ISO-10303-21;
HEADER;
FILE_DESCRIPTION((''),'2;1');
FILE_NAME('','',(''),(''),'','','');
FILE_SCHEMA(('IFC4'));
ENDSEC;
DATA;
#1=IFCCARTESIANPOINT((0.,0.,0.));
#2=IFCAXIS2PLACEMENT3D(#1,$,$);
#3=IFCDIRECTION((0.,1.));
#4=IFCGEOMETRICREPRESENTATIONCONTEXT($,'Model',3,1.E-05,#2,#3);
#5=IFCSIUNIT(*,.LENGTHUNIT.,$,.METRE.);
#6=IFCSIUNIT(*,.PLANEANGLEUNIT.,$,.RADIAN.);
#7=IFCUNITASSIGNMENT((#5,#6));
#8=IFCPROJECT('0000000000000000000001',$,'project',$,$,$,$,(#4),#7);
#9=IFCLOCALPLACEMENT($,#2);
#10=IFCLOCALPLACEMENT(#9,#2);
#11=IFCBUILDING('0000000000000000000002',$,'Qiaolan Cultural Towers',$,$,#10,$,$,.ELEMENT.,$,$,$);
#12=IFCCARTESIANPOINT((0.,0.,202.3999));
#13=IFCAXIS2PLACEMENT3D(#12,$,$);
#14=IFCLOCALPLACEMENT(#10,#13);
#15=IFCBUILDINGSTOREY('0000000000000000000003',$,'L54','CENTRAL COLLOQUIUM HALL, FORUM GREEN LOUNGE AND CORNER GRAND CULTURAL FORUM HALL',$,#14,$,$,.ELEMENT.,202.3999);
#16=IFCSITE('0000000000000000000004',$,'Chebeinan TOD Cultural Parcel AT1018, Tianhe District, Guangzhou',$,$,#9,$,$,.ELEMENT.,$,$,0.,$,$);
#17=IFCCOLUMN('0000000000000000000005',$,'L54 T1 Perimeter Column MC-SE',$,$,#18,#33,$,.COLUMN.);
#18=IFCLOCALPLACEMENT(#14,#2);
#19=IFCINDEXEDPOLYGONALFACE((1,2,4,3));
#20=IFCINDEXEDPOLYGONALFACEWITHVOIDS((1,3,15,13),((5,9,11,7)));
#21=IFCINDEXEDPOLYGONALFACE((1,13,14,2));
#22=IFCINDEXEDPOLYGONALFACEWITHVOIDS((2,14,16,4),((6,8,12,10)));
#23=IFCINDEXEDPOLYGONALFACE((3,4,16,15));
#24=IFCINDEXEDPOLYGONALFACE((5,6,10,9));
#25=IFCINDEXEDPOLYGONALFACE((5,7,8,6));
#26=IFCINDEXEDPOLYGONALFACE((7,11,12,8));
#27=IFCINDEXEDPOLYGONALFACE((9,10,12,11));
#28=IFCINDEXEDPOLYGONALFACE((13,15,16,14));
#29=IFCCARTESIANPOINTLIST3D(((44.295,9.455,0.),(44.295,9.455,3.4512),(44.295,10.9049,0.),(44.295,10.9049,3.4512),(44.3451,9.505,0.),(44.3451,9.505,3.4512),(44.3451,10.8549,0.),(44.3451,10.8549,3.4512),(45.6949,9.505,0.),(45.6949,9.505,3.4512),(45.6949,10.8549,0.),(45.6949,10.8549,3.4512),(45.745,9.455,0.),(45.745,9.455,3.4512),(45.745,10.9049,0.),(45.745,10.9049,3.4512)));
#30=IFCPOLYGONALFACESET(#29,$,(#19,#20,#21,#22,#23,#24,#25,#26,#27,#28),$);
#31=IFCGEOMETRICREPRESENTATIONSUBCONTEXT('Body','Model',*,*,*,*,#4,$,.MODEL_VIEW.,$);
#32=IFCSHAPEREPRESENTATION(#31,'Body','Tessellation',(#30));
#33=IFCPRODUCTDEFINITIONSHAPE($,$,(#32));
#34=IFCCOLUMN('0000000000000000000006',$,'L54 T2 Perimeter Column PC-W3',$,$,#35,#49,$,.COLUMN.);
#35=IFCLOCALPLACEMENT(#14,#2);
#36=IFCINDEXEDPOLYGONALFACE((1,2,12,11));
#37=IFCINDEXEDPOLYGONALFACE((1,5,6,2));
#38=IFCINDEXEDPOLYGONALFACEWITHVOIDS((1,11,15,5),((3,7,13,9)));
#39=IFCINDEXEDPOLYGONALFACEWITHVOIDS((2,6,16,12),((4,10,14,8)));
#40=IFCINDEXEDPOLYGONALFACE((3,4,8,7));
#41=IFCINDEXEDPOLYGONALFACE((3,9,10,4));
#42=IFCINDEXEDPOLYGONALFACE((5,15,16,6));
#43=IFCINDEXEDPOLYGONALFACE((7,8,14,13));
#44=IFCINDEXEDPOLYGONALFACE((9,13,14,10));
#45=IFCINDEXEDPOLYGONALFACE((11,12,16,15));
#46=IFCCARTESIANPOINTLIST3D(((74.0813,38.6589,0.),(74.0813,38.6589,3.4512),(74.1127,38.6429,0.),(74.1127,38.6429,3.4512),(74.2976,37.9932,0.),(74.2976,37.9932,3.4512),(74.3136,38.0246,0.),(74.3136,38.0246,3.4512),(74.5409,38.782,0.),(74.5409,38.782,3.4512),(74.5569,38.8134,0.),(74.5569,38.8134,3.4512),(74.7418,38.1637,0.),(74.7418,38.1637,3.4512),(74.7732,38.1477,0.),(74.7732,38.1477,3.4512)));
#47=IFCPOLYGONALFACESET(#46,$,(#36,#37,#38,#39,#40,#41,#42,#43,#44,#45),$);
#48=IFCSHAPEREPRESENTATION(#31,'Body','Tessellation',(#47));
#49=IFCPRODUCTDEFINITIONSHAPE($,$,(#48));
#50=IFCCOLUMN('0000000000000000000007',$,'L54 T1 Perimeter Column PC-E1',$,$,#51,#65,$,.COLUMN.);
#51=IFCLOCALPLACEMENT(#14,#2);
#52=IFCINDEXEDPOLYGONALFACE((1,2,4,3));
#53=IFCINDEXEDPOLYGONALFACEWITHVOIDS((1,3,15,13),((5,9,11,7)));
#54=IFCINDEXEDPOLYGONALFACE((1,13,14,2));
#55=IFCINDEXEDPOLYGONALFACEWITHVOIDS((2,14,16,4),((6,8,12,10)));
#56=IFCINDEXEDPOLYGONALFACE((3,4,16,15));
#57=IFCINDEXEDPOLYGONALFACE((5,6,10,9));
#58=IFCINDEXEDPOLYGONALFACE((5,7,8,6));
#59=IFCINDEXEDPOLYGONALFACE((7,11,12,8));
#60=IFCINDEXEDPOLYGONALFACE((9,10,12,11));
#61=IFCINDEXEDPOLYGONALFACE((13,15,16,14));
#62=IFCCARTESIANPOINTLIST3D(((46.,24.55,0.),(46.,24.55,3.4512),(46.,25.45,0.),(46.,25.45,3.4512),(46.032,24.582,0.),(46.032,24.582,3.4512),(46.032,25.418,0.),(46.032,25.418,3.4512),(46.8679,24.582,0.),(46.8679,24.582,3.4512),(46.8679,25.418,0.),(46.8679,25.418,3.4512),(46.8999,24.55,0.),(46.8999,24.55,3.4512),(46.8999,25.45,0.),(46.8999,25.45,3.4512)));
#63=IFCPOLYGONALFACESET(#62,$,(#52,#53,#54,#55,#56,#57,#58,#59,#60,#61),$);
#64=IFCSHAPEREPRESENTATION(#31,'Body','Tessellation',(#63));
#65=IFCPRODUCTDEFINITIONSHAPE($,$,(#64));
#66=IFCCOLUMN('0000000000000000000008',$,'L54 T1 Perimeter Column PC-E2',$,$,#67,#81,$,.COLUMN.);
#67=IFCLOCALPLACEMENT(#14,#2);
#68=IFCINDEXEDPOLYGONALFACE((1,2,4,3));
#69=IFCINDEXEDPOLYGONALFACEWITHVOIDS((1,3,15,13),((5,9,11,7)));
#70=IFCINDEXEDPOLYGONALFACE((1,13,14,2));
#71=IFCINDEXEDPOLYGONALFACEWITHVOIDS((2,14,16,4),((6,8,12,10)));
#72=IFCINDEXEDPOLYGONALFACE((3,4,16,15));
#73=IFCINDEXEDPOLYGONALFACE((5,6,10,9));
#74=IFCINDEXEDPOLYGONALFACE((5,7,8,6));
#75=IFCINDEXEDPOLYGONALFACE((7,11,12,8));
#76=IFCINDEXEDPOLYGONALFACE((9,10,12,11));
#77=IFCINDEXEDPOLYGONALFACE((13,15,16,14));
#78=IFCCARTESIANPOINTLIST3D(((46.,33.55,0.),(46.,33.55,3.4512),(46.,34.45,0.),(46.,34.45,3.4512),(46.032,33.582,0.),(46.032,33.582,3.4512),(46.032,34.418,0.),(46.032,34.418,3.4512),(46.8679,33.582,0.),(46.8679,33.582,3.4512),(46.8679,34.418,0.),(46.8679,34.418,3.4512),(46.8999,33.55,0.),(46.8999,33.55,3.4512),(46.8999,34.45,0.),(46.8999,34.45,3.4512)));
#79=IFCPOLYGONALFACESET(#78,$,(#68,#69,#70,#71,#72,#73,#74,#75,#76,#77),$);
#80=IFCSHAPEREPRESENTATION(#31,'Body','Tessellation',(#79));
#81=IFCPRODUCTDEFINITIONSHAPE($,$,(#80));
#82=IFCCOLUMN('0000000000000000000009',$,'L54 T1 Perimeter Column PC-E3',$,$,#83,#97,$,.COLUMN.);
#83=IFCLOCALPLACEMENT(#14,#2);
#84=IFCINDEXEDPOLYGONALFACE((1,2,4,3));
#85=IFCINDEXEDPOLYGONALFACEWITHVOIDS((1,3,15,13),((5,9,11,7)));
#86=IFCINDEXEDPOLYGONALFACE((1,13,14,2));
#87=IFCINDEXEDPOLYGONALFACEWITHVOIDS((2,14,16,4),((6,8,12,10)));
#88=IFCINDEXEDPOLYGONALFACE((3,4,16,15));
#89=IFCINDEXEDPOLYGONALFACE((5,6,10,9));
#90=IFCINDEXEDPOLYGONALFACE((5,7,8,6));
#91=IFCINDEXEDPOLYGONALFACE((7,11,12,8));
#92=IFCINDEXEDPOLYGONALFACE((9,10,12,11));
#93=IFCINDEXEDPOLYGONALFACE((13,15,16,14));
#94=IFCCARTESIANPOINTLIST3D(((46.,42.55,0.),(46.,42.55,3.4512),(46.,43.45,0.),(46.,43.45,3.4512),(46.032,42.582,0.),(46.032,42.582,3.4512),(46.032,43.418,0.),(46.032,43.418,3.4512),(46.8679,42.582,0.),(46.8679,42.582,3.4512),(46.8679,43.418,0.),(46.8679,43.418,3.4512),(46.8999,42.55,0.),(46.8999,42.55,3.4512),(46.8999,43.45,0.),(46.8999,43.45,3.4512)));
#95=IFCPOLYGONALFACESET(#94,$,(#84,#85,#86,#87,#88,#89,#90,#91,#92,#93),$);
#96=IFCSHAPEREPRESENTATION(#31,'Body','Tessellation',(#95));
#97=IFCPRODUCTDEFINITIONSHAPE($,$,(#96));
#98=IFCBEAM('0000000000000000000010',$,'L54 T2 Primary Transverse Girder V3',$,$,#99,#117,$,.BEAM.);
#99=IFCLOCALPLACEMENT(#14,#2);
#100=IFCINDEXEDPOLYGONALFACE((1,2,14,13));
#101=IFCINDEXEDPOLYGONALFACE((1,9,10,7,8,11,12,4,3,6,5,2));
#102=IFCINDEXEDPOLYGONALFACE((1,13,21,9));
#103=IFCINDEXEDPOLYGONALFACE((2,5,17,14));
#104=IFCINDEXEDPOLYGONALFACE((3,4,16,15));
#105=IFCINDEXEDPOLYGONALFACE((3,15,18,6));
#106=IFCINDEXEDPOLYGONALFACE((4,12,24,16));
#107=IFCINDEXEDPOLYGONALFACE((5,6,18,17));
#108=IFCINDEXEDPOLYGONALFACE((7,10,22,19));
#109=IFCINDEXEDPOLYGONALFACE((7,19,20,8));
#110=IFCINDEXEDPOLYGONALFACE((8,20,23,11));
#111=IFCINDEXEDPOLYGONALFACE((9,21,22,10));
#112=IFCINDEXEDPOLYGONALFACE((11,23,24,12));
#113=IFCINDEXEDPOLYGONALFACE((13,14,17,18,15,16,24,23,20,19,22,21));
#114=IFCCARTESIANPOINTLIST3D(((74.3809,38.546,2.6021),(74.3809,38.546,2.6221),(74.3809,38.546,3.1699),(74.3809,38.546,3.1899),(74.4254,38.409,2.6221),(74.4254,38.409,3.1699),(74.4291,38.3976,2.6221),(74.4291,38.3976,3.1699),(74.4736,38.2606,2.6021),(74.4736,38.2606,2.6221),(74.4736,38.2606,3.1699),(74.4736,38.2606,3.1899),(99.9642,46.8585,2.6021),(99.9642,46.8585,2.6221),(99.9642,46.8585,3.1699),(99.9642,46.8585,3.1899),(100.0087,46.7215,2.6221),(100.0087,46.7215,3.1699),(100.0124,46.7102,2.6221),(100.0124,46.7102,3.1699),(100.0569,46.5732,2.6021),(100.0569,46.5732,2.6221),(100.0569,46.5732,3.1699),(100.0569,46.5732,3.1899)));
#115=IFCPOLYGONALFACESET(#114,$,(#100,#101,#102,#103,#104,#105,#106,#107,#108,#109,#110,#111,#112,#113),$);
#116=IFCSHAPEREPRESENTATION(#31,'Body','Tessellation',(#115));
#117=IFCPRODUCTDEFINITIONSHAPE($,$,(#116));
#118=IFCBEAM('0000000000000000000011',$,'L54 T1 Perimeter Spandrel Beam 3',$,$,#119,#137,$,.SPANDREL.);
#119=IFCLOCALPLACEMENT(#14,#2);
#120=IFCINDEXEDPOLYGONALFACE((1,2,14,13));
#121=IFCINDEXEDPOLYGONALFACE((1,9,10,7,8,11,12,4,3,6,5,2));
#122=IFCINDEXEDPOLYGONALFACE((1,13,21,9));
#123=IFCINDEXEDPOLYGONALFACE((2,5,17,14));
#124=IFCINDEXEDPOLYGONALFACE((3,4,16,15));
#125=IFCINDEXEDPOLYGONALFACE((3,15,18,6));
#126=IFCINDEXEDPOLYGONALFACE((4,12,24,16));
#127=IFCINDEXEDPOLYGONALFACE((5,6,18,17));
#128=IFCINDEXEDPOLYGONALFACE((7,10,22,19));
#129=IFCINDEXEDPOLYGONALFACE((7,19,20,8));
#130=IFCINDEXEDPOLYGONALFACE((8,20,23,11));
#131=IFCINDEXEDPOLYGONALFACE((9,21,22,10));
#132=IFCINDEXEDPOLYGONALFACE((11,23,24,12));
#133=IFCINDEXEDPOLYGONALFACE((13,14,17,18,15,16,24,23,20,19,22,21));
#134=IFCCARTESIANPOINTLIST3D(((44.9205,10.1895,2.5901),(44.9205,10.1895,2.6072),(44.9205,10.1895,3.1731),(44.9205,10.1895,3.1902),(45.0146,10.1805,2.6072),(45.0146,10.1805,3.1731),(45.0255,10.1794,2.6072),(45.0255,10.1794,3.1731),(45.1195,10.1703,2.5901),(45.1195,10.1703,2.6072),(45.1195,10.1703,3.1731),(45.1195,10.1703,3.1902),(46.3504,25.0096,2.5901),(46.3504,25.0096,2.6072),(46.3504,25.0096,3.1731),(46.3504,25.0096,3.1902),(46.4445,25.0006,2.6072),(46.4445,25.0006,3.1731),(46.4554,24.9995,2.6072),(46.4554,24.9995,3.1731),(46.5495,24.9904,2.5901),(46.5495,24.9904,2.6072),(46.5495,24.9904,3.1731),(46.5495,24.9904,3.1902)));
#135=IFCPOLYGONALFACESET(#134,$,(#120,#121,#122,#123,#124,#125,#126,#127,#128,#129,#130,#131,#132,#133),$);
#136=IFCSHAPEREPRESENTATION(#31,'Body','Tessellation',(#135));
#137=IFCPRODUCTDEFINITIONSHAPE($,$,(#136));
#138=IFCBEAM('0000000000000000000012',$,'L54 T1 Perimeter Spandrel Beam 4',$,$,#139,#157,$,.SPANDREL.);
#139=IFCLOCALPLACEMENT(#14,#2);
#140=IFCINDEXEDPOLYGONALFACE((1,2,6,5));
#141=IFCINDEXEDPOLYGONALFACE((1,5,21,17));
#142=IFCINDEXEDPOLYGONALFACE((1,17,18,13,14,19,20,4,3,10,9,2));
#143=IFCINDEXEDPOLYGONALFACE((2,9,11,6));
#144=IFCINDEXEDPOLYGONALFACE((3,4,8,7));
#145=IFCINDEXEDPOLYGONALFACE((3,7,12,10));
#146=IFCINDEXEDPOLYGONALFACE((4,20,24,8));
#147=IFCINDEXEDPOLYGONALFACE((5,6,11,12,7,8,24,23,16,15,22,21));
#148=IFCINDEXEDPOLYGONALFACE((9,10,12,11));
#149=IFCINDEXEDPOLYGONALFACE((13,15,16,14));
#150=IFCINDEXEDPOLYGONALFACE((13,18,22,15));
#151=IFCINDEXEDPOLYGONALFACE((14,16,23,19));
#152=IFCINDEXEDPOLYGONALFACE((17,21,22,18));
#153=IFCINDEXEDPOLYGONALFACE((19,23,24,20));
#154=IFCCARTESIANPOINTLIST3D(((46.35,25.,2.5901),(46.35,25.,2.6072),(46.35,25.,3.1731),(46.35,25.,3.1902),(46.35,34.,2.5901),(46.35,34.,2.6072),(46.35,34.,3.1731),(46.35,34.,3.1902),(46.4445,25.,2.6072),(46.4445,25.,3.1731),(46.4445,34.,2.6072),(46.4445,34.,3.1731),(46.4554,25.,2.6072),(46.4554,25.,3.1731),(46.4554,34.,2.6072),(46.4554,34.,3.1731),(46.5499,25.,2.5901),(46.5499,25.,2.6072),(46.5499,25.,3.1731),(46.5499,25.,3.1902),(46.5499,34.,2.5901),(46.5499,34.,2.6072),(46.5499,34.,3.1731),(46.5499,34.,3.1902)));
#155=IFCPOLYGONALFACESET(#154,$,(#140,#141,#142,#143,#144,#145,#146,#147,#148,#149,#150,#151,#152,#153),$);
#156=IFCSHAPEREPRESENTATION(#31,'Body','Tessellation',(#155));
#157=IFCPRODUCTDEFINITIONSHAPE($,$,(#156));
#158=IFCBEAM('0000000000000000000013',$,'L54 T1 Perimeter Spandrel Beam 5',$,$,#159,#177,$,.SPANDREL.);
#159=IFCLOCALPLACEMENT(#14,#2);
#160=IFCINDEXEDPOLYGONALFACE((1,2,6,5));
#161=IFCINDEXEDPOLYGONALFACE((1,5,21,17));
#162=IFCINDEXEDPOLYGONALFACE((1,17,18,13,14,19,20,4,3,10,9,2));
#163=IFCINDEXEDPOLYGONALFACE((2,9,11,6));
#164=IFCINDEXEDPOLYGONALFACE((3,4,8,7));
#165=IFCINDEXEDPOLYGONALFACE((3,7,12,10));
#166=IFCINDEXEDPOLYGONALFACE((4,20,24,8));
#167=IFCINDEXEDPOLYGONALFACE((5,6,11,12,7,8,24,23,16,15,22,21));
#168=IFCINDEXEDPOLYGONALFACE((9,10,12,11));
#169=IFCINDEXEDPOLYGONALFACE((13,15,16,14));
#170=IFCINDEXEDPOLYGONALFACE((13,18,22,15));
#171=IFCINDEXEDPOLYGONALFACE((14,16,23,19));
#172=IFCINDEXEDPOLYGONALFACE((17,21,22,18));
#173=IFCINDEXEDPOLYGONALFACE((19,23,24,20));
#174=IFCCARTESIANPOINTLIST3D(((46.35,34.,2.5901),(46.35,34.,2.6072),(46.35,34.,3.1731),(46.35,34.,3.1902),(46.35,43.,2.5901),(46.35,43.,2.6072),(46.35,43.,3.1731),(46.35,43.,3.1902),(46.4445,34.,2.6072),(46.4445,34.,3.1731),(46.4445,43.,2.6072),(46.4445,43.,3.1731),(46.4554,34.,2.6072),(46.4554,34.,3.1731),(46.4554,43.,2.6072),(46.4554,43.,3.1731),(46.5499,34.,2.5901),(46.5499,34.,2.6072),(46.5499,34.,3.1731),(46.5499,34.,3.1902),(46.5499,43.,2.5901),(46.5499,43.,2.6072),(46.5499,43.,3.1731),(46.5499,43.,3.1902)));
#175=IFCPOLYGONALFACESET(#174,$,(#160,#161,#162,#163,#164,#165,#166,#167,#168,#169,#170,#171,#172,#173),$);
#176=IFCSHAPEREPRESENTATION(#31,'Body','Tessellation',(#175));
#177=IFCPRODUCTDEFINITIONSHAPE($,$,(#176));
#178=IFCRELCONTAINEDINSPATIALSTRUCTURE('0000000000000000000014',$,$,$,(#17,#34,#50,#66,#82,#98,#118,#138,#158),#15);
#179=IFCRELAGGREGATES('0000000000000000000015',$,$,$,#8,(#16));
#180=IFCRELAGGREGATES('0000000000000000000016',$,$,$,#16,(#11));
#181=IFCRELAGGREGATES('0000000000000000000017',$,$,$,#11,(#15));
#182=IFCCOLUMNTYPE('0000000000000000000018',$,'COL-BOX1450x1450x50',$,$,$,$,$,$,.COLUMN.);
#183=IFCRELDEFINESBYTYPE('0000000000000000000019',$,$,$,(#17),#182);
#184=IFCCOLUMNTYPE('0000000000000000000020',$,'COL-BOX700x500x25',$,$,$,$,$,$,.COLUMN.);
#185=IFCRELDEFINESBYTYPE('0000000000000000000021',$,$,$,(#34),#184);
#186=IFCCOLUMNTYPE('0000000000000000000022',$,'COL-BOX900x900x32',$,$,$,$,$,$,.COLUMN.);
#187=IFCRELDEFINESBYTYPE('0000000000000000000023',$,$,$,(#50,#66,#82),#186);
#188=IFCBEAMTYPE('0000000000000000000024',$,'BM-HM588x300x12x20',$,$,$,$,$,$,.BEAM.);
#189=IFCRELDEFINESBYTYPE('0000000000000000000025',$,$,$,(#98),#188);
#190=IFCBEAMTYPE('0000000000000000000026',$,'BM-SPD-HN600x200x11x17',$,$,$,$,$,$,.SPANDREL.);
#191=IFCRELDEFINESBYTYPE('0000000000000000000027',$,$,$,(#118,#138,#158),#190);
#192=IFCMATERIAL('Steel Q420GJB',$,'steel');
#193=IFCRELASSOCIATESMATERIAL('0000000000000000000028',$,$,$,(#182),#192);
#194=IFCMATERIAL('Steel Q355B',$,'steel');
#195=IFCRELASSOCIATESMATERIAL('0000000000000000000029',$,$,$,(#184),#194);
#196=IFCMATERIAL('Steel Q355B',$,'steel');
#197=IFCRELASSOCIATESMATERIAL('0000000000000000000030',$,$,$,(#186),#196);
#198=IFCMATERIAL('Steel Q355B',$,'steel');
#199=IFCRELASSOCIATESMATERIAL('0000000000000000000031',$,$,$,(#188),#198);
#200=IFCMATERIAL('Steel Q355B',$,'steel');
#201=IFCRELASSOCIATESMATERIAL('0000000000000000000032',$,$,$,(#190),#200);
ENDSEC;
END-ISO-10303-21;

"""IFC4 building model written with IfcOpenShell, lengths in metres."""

from ifc_helpers import new_model, si_unit, direction, frame, origin, origin_2d, place, context, subcontext, project, spatial, hollow_rectangle, i_section, extrude, material, material_profile, profile_set, type_object, element, save


model = new_model("IFC4")

# Units and contexts
model_context = context("Model", 3, precision=1e-05, world=origin(), true_north=direction((0.0, 1.0)))
body_context = subcontext(model_context, "Body", "Model", "MODEL_VIEW")
ifc_project = project(units=[si_unit("LENGTHUNIT", "METRE"), si_unit("PLANEANGLEUNIT", "RADIAN")], contexts=[model_context])

# Site, building, storey
site_placement = place(None, origin())
site = spatial("IfcSite", under=ifc_project, at=site_placement, Name="Chebeinan TOD Cultural Parcel AT1018, Tianhe District, Guangzhou", CompositionType="ELEMENT", RefElevation=0.0)
building_placement = place(site_placement, origin())
building = spatial("IfcBuilding", under=site, at=building_placement, Name="Qiaolan Cultural Towers", CompositionType="ELEMENT")
storey_placement = place(building_placement, frame((0.0, 0.0, 202.3999)))
storey = spatial("IfcBuildingStorey", under=building, at=storey_placement, Name="L54", Description="CENTRAL COLLOQUIUM HALL, FORUM GREEN LOUNGE AND CORNER GRAND CULTURAL FORUM HALL", CompositionType="ELEMENT", Elevation=202.3999)

# Columns
ifc_material_1 = material(Name="Steel Q420GJB", Category="steel")
ifc_material_profile_1 = material_profile(ifc_material_1, hollow_rectangle(XDim=1.45, YDim=1.45, WallThickness=0.05, at=origin_2d()), Name="BOX1450x1450x50")
ifc_profile_set_1 = profile_set([ifc_material_profile_1], Name="Steel Q420GJB")
column_type_1 = type_object("IfcColumnType", Name="COL-BOX1450x1450x50", PredefinedType="COLUMN", material=ifc_profile_set_1)
column_1_placement = place(storey_placement, frame((45.02, 10.1799, 0.0), z_axis=(0.0, 0.0, 1.0), x_axis=(1.0, 0.0, 0.0)))
element("IfcColumn", 1, at=column_1_placement, inside=storey, type_object=column_type_1, Name="L54 T1 Perimeter Column MC-SE", PredefinedType="COLUMN", context=body_context, shape_type="SweptSolid", body=[
    extrude(hollow_rectangle(XDim=1.45, YDim=1.45, WallThickness=0.05, at=origin_2d()), origin(), (0.0, 0.0, 1.0), 3.4512),
])
ifc_material_2 = material(Name="Steel Q355B", Category="steel")
ifc_material_profile_2 = material_profile(ifc_material_2, hollow_rectangle(XDim=0.5, YDim=0.7, WallThickness=0.0249, at=origin_2d()), Name="BOX700x500x25")
ifc_profile_set_2 = profile_set([ifc_material_profile_2], Name="Steel Q355B")
column_type_2 = type_object("IfcColumnType", Name="COL-BOX700x500x25", PredefinedType="COLUMN", material=ifc_profile_set_2)
column_2_placement = place(storey_placement, frame((74.4272, 38.4033, 0.0), z_axis=(0.0, 0.0, 1.0), x_axis=(0.951057, 0.309017, 0.0)))
element("IfcColumn", 2, at=column_2_placement, inside=storey, type_object=column_type_2, Name="L54 T2 Perimeter Column PC-W3", PredefinedType="COLUMN", context=body_context, shape_type="SweptSolid", body=[
    extrude(hollow_rectangle(XDim=0.5, YDim=0.7, WallThickness=0.0249, at=origin_2d()), origin(), (0.0, 0.0, 1.0), 3.4512),
])
ifc_material_3 = material(Name="Steel Q355B", Category="steel")
ifc_material_profile_3 = material_profile(ifc_material_3, hollow_rectangle(XDim=0.8999, YDim=0.8999, WallThickness=0.032, at=origin_2d()), Name="BOX900x900x32")
ifc_profile_set_3 = profile_set([ifc_material_profile_3], Name="Steel Q355B")
column_type_3 = type_object("IfcColumnType", Name="COL-BOX900x900x32", PredefinedType="COLUMN", material=ifc_profile_set_3)
for number, where, z_axis, x_axis, name in (
    (3, (46.45, 25.0, 0.0), (0.0, 0.0, 1.0), (1.0, 0.0, 0.0), "L54 T1 Perimeter Column PC-E1"),
    (4, (46.45, 34.0, 0.0), (0.0, 0.0, 1.0), (1.0, 0.0, 0.0), "L54 T1 Perimeter Column PC-E2"),
    (5, (46.45, 43.0, 0.0), (0.0, 0.0, 1.0), (1.0, 0.0, 0.0), "L54 T1 Perimeter Column PC-E3"),
):
    element("IfcColumn", number, at=place(storey_placement, frame(where, z_axis=z_axis, x_axis=x_axis)), inside=storey, type_object=column_type_3, Name=name, PredefinedType="COLUMN", context=body_context, shape_type="SweptSolid", body=[
        extrude(hollow_rectangle(XDim=0.8999, YDim=0.8999, WallThickness=0.032, at=origin_2d()), origin(), (0.0, 0.0, 1.0), 3.4512),
    ])

# Beams
ifc_material_4 = material(Name="Steel Q355B", Category="steel")
ifc_material_profile_4 = material_profile(ifc_material_4, i_section(OverallWidth=0.3, OverallDepth=0.5879, WebThickness=0.012, FlangeThickness=0.02, at=origin_2d()), Name="HM588x300x12x20")
ifc_profile_set_4 = profile_set([ifc_material_profile_4], Name="Steel Q355B")
beam_type_1 = type_object("IfcBeamType", Name="BM-HM588x300x12x20", PredefinedType="BEAM", material=ifc_profile_set_4)
beam_1_placement = place(storey_placement, frame((74.4272, 38.4033, 2.896), z_axis=(0.951057, 0.309017, 0.0), x_axis=(-0.309017, 0.951057, 0.0)))
element("IfcBeam", 6, at=beam_1_placement, inside=storey, type_object=beam_type_1, Name="L54 T2 Primary Transverse Girder V3", PredefinedType="BEAM", context=body_context, shape_type="SweptSolid", body=[
    extrude(i_section(OverallWidth=0.3, OverallDepth=0.5879, WebThickness=0.012, FlangeThickness=0.02, at=origin_2d()), origin(), (0.0, 0.0, 1.0), 26.8999),
])
ifc_material_5 = material(Name="Steel Q355B", Category="steel")
ifc_material_profile_5 = material_profile(ifc_material_5, i_section(OverallWidth=0.2, OverallDepth=0.6001, WebThickness=0.011, FlangeThickness=0.0171, at=origin_2d()), Name="HN600x200x11x17")
ifc_profile_set_5 = profile_set([ifc_material_profile_5], Name="Steel Q355B")
beam_type_2 = type_object("IfcBeamType", Name="BM-SPD-HN600x200x11x17", PredefinedType="SPANDREL", material=ifc_profile_set_5)
beam_2_placement = place(storey_placement, frame((45.02, 10.1799, 2.8901), z_axis=(0.09604, 0.995377, 0.0), x_axis=(-0.995377, 0.09604, 0.0)))
element("IfcBeam", 7, at=beam_2_placement, inside=storey, type_object=beam_type_2, Name="L54 T1 Perimeter Spandrel Beam 3", PredefinedType="SPANDREL", context=body_context, shape_type="SweptSolid", body=[
    extrude(i_section(OverallWidth=0.2, OverallDepth=0.6001, WebThickness=0.011, FlangeThickness=0.0171, at=origin_2d()), origin(), (0.0, 0.0, 1.0), 14.8889),
])
for number, where, z_axis, x_axis, name in (
    (8, (46.45, 25.0, 2.8901), (0.0, 1.0, 0.0), (-1.0, 0.0, 0.0), "L54 T1 Perimeter Spandrel Beam 4"),
    (9, (46.45, 34.0, 2.8901), (0.0, 1.0, 0.0), (-1.0, 0.0, 0.0), "L54 T1 Perimeter Spandrel Beam 5"),
):
    element("IfcBeam", number, at=place(storey_placement, frame(where, z_axis=z_axis, x_axis=x_axis)), inside=storey, type_object=beam_type_2, Name=name, PredefinedType="SPANDREL", context=body_context, shape_type="SweptSolid", body=[
        extrude(i_section(OverallWidth=0.2, OverallDepth=0.6001, WebThickness=0.011, FlangeThickness=0.0171, at=origin_2d()), origin(), (0.0, 0.0, 1.0), 9.0),
    ])

save(model, "model.ifc")
